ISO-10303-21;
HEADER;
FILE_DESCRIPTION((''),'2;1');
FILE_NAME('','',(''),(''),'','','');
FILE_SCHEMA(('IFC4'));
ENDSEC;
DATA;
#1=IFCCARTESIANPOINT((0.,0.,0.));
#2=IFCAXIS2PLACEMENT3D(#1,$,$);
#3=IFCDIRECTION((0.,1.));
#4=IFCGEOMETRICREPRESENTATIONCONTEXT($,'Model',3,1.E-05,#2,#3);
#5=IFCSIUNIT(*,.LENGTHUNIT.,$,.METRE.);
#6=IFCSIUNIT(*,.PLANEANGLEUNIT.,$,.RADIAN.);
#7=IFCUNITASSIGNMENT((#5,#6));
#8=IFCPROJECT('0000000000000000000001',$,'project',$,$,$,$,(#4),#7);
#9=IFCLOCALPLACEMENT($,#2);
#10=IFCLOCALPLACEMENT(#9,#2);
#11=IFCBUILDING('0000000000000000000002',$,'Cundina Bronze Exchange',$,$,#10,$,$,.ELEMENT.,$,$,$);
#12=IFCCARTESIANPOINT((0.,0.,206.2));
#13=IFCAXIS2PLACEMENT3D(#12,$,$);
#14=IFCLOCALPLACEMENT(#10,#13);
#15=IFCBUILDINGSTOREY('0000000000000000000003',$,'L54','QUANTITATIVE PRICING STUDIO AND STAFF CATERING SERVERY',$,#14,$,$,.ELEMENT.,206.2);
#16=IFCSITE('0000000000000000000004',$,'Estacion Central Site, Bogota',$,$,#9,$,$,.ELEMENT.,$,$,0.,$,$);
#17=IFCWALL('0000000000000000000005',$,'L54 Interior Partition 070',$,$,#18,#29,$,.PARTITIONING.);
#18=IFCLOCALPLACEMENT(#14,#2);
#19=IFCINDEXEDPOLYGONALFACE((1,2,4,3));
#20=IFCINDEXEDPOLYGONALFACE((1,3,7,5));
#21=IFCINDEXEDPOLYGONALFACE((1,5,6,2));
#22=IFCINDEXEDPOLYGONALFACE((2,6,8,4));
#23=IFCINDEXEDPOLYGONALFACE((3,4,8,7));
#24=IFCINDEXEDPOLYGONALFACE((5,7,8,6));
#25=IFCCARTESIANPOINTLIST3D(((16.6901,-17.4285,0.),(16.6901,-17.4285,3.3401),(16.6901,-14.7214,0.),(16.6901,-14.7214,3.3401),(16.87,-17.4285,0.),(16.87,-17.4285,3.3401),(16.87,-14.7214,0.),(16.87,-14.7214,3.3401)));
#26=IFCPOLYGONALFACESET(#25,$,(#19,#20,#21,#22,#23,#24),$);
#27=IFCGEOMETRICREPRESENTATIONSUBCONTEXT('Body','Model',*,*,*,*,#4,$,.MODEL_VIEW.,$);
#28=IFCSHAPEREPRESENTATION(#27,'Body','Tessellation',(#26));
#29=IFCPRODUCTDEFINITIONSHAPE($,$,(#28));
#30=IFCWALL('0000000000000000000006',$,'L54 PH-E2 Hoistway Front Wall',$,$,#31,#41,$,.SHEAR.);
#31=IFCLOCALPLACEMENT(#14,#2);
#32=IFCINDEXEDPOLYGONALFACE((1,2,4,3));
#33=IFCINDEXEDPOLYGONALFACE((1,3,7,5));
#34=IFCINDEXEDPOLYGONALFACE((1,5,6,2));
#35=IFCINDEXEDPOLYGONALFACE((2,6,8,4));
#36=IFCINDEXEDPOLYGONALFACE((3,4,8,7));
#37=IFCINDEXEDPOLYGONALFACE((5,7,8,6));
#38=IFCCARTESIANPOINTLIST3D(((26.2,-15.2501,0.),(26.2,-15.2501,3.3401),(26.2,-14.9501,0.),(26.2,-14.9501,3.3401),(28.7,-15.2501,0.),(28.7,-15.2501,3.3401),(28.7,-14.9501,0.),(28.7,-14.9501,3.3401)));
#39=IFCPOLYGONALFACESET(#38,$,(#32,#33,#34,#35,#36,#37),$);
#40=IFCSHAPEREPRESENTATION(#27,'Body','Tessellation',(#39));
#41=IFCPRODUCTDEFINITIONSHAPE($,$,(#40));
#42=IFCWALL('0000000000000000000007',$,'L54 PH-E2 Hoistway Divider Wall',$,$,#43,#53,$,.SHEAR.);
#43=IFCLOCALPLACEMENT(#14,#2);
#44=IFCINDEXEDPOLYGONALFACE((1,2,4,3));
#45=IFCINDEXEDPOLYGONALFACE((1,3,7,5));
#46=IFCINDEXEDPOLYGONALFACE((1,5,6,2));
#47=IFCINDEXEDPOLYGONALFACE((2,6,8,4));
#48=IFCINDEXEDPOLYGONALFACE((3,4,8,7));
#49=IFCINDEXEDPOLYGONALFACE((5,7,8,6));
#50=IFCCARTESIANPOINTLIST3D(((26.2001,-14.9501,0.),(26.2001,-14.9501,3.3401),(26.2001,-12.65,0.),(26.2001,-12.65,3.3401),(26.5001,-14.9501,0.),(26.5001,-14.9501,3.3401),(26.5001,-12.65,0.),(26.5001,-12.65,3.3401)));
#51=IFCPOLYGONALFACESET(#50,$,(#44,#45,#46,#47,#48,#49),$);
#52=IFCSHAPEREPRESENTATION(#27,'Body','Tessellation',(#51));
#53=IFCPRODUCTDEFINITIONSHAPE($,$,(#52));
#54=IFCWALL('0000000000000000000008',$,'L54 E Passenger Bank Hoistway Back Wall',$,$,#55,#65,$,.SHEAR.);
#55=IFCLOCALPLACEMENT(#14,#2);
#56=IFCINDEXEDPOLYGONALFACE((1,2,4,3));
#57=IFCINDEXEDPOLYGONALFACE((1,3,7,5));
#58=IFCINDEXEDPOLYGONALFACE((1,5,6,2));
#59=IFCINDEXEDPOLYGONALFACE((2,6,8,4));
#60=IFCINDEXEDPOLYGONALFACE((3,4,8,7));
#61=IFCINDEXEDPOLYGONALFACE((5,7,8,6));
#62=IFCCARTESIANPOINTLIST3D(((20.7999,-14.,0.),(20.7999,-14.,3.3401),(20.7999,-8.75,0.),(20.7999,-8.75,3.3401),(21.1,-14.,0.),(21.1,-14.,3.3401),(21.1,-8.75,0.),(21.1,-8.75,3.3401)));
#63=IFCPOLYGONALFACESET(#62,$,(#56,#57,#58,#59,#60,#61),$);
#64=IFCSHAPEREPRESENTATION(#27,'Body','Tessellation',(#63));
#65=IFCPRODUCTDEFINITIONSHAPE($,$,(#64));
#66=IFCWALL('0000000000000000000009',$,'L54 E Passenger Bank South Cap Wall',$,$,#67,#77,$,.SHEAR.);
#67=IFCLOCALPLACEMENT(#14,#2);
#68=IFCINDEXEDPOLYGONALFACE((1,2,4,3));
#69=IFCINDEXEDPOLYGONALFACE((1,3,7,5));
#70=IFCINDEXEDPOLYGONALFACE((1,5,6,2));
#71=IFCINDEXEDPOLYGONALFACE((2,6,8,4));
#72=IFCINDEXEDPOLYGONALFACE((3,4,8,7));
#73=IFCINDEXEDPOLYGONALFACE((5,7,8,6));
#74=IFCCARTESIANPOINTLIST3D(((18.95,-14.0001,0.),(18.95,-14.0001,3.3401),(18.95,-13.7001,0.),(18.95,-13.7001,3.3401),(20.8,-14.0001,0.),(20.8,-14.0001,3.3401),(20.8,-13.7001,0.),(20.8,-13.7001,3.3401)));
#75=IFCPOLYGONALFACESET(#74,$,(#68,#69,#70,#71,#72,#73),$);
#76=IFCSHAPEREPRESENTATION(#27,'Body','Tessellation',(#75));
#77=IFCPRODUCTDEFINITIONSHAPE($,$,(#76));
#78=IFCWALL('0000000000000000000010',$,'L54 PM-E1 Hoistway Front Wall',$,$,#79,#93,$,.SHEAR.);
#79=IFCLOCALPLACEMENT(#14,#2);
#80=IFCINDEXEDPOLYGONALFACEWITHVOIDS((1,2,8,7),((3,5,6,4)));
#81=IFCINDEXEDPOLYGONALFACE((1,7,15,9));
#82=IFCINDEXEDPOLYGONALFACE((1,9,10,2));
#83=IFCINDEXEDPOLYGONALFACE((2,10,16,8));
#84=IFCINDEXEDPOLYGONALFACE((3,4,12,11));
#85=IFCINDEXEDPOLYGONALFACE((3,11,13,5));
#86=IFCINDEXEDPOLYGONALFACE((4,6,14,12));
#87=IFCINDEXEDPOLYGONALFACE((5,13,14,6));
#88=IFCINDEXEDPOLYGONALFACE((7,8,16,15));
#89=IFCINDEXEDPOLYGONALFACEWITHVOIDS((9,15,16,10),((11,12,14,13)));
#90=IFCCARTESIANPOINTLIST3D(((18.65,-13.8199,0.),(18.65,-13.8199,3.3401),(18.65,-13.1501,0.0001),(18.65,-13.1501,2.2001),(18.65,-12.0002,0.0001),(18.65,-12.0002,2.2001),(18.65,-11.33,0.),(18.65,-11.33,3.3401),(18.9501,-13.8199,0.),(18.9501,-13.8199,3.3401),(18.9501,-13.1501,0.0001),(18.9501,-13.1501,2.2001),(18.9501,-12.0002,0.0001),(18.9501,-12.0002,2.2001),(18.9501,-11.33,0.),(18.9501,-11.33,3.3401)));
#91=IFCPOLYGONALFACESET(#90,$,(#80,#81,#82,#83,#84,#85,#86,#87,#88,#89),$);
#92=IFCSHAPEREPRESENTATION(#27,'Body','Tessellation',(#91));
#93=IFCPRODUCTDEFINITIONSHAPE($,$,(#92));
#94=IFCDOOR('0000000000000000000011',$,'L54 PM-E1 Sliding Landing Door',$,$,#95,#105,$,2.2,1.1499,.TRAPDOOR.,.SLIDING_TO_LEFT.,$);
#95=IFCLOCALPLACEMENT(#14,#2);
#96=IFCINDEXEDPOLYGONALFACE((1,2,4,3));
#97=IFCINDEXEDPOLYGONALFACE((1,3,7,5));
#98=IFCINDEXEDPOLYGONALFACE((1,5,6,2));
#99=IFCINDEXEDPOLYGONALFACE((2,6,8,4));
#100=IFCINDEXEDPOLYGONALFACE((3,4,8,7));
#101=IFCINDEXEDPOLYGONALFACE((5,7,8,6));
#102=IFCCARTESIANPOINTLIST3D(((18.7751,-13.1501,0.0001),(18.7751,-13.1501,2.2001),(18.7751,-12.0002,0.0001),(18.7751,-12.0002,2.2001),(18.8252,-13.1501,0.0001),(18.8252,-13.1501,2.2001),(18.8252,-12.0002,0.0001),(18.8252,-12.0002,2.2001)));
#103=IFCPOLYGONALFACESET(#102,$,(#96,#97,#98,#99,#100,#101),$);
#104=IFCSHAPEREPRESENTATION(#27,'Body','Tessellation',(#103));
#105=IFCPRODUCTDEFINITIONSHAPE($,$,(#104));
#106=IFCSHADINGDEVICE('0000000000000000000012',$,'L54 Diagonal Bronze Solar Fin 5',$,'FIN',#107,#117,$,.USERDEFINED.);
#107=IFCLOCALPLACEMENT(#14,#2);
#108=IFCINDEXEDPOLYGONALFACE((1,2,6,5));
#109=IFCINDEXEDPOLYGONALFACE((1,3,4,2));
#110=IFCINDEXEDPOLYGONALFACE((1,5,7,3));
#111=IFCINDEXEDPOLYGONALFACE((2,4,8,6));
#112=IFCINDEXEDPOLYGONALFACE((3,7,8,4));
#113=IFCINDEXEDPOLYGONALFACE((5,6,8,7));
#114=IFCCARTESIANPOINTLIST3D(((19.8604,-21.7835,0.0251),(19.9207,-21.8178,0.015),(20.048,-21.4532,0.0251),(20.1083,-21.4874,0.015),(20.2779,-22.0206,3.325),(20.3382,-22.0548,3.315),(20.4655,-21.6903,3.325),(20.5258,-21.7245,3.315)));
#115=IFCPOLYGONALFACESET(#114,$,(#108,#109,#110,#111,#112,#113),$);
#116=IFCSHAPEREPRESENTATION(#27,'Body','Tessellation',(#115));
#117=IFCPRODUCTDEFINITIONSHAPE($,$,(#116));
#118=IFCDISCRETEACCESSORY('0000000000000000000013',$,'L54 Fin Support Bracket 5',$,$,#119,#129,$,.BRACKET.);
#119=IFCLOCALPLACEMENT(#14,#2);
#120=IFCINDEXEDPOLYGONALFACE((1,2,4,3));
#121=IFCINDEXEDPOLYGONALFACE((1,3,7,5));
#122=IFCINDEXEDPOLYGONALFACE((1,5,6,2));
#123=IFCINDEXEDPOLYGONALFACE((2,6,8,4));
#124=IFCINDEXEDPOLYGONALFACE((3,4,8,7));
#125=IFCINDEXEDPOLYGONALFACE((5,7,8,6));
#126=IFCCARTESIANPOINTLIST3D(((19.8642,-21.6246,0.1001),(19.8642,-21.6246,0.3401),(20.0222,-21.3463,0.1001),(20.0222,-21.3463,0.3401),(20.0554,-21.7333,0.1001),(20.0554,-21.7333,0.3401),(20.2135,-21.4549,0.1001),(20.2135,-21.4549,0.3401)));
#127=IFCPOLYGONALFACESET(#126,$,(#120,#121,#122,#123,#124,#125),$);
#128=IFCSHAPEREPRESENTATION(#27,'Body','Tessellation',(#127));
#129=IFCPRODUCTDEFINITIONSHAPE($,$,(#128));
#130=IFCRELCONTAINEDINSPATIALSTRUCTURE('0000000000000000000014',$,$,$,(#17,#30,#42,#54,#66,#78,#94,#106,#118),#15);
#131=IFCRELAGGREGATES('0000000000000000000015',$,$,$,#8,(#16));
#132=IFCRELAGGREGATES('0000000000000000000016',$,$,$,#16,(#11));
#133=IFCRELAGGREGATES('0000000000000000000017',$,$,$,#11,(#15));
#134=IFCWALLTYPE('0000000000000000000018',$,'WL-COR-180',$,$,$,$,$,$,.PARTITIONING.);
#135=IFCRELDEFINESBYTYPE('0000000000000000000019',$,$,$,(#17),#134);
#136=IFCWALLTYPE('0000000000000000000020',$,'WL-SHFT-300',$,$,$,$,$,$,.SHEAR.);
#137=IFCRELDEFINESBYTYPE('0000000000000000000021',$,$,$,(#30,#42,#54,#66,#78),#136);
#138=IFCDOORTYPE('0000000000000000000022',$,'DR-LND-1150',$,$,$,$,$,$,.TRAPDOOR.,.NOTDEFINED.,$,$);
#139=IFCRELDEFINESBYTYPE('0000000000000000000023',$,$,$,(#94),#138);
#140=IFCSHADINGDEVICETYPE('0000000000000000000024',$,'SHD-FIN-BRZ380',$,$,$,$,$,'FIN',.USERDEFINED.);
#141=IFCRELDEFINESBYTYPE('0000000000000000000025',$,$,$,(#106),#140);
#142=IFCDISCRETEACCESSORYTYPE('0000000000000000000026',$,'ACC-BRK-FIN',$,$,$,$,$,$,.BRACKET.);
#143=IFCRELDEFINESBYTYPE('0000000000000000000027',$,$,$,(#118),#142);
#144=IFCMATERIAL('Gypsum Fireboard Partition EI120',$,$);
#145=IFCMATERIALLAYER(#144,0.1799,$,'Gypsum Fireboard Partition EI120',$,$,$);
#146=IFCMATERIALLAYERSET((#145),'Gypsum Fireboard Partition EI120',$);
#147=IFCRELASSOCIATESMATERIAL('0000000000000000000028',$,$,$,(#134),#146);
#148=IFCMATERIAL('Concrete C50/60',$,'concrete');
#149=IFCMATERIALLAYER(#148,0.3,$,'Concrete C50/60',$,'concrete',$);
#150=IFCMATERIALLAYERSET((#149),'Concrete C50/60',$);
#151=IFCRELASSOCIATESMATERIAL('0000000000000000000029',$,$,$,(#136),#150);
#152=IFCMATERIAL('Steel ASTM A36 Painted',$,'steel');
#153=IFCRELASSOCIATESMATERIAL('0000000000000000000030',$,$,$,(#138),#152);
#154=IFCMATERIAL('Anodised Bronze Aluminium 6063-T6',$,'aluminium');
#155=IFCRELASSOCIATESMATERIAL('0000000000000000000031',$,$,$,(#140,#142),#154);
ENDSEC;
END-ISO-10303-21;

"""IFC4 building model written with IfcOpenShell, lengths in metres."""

from ifc_helpers import new_model, si_unit, direction, frame, frame_2d, origin, origin_2d, place, context, subcontext, project, spatial, rectangle, extrude, material, layer, layer_set, material_profile, profile_set, type_object, element, fill, save


model = new_model("IFC4")

# Units and contexts
model_context = context("Model", 3, precision=1e-05, world=origin(), true_north=direction((0.0, 1.0)))
body_context = subcontext(model_context, "Body", "Model", "MODEL_VIEW")
ifc_project = project(units=[si_unit("LENGTHUNIT", "METRE"), si_unit("PLANEANGLEUNIT", "RADIAN")], contexts=[model_context])

# Site, building, storey
site_placement = place(None, origin())
site = spatial("IfcSite", under=ifc_project, at=site_placement, Name="Estacion Central Site, Bogota", CompositionType="ELEMENT", RefElevation=0.0)
building_placement = place(site_placement, origin())
building = spatial("IfcBuilding", under=site, at=building_placement, Name="Cundina Bronze Exchange", CompositionType="ELEMENT")
storey_placement = place(building_placement, frame((0.0, 0.0, 206.2)))
storey = spatial("IfcBuildingStorey", under=building, at=storey_placement, Name="L54", Description="QUANTITATIVE PRICING STUDIO AND STAFF CATERING SERVERY", CompositionType="ELEMENT", Elevation=206.2)

# Shared definitions
ifc_material_1 = material(Name="Concrete C50/60", Category="concrete")

# Shared definitions
ifc_material_2 = material(Name="Anodised Bronze Aluminium 6063-T6", Category="aluminium")

# Shared definitions
ifc_material_3 = material(Name="Gypsum Fireboard Partition EI120")
ifc_layer_1 = layer(ifc_material_3, 0.1799, Name="Gypsum Fireboard Partition EI120")
ifc_layer_set_1 = layer_set([ifc_layer_1], Name="Gypsum Fireboard Partition EI120")
wall_type_1 = type_object("IfcWallType", Name="WL-COR-180", PredefinedType="PARTITIONING", material=ifc_layer_set_1)

# Walls
wall_1_placement = place(storey_placement, frame((16.78, -14.7214, 0.0), z_axis=(0.0, 0.0, 1.0), x_axis=(0.0, -1.0, 0.0)))
element("IfcWall", 1, at=wall_1_placement, inside=storey, type_object=wall_type_1, Name="L54 Interior Partition 070", PredefinedType="PARTITIONING", context=body_context, shape_type="SweptSolid", body=[
    extrude(rectangle(XDim=2.707, YDim=0.1799, at=frame_2d((1.3535, 0.0))), origin(), (0.0, 0.0, 1.0), 3.3401),
])
ifc_layer_2 = layer(ifc_material_1, 0.3, Name="Concrete C50/60", Category="concrete")
ifc_layer_set_2 = layer_set([ifc_layer_2], Name="Concrete C50/60")
wall_type_2 = type_object("IfcWallType", Name="WL-SHFT-300", PredefinedType="SHEAR", material=ifc_layer_set_2)
wall_2_placement = place(storey_placement, frame((26.2, -15.1001, 0.0), z_axis=(0.0, 0.0, 1.0), x_axis=(1.0, 0.0, 0.0)))
element("IfcWall", 2, at=wall_2_placement, inside=storey, type_object=wall_type_2, Name="L54 PH-E2 Hoistway Front Wall", PredefinedType="SHEAR", context=body_context, shape_type="SweptSolid", body=[
    extrude(rectangle(XDim=2.5, YDim=0.3, at=frame_2d((1.25, 0.0))), origin(), (0.0, 0.0, 1.0), 3.3401),
])
wall_3_placement = place(storey_placement, frame((26.3501, -14.95, 0.0), z_axis=(0.0, 0.0, 1.0), x_axis=(0.0, 1.0, 0.0)))
element("IfcWall", 3, at=wall_3_placement, inside=storey, type_object=wall_type_2, Name="L54 PH-E2 Hoistway Divider Wall", PredefinedType="SHEAR", context=body_context, shape_type="SweptSolid", body=[
    extrude(rectangle(XDim=2.3, YDim=0.3, at=frame_2d((1.1499, 0.0))), origin(), (0.0, 0.0, 1.0), 3.3401),
])
wall_4_placement = place(storey_placement, frame((20.95, -14.0, 0.0), z_axis=(0.0, 0.0, 1.0), x_axis=(0.0, 1.0, 0.0)))
element("IfcWall", 4, at=wall_4_placement, inside=storey, type_object=wall_type_2, Name="L54 E Passenger Bank Hoistway Back Wall", PredefinedType="SHEAR", context=body_context, shape_type="SweptSolid", body=[
    extrude(rectangle(XDim=5.25, YDim=0.3, at=frame_2d((2.625, 0.0))), origin(), (0.0, 0.0, 1.0), 3.3401),
])
wall_5_placement = place(storey_placement, frame((18.95, -13.8501, 0.0), z_axis=(0.0, 0.0, 1.0), x_axis=(1.0, 0.0, 0.0)))
element("IfcWall", 5, at=wall_5_placement, inside=storey, type_object=wall_type_2, Name="L54 E Passenger Bank South Cap Wall", PredefinedType="SHEAR", context=body_context, shape_type="SweptSolid", body=[
    extrude(rectangle(XDim=1.8501, YDim=0.3, at=frame_2d((0.925, 0.0))), origin(), (0.0, 0.0, 1.0), 3.3401),
])

# Wall, opening, door
wall_6_placement = place(storey_placement, frame((18.8, -13.8201, 0.0), z_axis=(0.0, 0.0, 1.0), x_axis=(0.0, 1.0, 0.0)))
wall_6 = element("IfcWall", 6, at=wall_6_placement, inside=storey, type_object=wall_type_2, Name="L54 PM-E1 Hoistway Front Wall", PredefinedType="SHEAR", context=body_context, shape_type="SweptSolid", body=[
    extrude(rectangle(XDim=2.49, YDim=0.3, at=frame_2d((1.2451, 0.0))), origin(), (0.0, 0.0, 1.0), 3.3401),
])
opening_1_placement = place(wall_6_placement, frame((0.6699, 0.0, 0.0)))
opening_1 = element("IfcOpeningElement", 7, at=opening_1_placement, cuts=wall_6, PredefinedType="OPENING", context=body_context, shape_type="SweptSolid", body=[
    extrude(rectangle(XDim=1.1499, YDim=2.2, at=frame_2d((0.575, 1.1001))), frame((0.0, 0.1599, 0.0), z_axis=(0.0, -1.0, 0.0), x_axis=(1.0, 0.0, 0.0)), (0.0, 0.0, 1.0), 0.3201),
])
ifc_material_4 = material(Name="Steel ASTM A36 Painted", Category="steel")
door_type_1 = type_object("IfcDoorType", Name="DR-LND-1150", OperationType="NOTDEFINED", PredefinedType="TRAPDOOR", material=ifc_material_4)
door_1_placement = place(opening_1_placement, origin())
door_1 = element("IfcDoor", 8, at=door_1_placement, inside=storey, type_object=door_type_1, Name="L54 PM-E1 Sliding Landing Door", OperationType="SLIDING_TO_LEFT", OverallHeight=2.2, OverallWidth=1.1499, PredefinedType="TRAPDOOR", context=body_context, shape_type="SweptSolid", body=[
    extrude(rectangle(XDim=1.1499, YDim=2.2, at=frame_2d((0.575, 1.1001))), frame((0.0, 0.0249, 0.0), z_axis=(0.0, -1.0, 0.0), x_axis=(1.0, 0.0, 0.0)), (0.0, 0.0, 1.0), 0.05),
])
fill(opening_1, door_1)

# Shading device
ifc_material_profile_1 = material_profile(ifc_material_2, rectangle(XDim=0.0701, YDim=0.3799, at=origin_2d()), Name="FIN70X380", Category="aluminium")
ifc_profile_set_1 = profile_set([ifc_material_profile_1], Name="Anodised Bronze Aluminium 6063-T6")
shading_device_type = type_object("IfcShadingDeviceType", Name="SHD-FIN-BRZ380", ElementType="FIN", PredefinedType="USERDEFINED", material=ifc_profile_set_1)
shading_device_placement = place(storey_placement, frame((19.9844, -21.6355, 0.02), z_axis=(0.12519, -0.071087, 0.989583), x_axis=(-0.860527, 0.488638, 0.143965)))
element("IfcShadingDevice", 9, at=shading_device_placement, inside=storey, type_object=shading_device_type, Name="L54 Diagonal Bronze Solar Fin 5", ObjectType="FIN", PredefinedType="USERDEFINED", context=body_context, shape_type="SweptSolid", body=[
    extrude(rectangle(XDim=0.0701, YDim=0.3799, at=origin_2d()), origin(), (0.0, 0.0, 1.0), 3.3347),
])

# Discrete accessory
discrete_accessory_type = type_object("IfcDiscreteAccessoryType", Name="ACC-BRK-FIN", PredefinedType="BRACKET", material=ifc_material_2)
discrete_accessory_placement = place(storey_placement, frame((20.0388, -21.5398, 0.1001), z_axis=(0.0, 0.0, 1.0), x_axis=(0.869573, -0.493805, 0.0)))
element("IfcDiscreteAccessory", 10, at=discrete_accessory_placement, inside=storey, type_object=discrete_accessory_type, Name="L54 Fin Support Bracket 5", PredefinedType="BRACKET", context=body_context, shape_type="SweptSolid", body=[
    extrude(rectangle(XDim=0.22, YDim=0.3201, at=origin_2d()), origin(), (0.0, 0.0, 1.0), 0.24),
])

save(model, "model.ifc")
